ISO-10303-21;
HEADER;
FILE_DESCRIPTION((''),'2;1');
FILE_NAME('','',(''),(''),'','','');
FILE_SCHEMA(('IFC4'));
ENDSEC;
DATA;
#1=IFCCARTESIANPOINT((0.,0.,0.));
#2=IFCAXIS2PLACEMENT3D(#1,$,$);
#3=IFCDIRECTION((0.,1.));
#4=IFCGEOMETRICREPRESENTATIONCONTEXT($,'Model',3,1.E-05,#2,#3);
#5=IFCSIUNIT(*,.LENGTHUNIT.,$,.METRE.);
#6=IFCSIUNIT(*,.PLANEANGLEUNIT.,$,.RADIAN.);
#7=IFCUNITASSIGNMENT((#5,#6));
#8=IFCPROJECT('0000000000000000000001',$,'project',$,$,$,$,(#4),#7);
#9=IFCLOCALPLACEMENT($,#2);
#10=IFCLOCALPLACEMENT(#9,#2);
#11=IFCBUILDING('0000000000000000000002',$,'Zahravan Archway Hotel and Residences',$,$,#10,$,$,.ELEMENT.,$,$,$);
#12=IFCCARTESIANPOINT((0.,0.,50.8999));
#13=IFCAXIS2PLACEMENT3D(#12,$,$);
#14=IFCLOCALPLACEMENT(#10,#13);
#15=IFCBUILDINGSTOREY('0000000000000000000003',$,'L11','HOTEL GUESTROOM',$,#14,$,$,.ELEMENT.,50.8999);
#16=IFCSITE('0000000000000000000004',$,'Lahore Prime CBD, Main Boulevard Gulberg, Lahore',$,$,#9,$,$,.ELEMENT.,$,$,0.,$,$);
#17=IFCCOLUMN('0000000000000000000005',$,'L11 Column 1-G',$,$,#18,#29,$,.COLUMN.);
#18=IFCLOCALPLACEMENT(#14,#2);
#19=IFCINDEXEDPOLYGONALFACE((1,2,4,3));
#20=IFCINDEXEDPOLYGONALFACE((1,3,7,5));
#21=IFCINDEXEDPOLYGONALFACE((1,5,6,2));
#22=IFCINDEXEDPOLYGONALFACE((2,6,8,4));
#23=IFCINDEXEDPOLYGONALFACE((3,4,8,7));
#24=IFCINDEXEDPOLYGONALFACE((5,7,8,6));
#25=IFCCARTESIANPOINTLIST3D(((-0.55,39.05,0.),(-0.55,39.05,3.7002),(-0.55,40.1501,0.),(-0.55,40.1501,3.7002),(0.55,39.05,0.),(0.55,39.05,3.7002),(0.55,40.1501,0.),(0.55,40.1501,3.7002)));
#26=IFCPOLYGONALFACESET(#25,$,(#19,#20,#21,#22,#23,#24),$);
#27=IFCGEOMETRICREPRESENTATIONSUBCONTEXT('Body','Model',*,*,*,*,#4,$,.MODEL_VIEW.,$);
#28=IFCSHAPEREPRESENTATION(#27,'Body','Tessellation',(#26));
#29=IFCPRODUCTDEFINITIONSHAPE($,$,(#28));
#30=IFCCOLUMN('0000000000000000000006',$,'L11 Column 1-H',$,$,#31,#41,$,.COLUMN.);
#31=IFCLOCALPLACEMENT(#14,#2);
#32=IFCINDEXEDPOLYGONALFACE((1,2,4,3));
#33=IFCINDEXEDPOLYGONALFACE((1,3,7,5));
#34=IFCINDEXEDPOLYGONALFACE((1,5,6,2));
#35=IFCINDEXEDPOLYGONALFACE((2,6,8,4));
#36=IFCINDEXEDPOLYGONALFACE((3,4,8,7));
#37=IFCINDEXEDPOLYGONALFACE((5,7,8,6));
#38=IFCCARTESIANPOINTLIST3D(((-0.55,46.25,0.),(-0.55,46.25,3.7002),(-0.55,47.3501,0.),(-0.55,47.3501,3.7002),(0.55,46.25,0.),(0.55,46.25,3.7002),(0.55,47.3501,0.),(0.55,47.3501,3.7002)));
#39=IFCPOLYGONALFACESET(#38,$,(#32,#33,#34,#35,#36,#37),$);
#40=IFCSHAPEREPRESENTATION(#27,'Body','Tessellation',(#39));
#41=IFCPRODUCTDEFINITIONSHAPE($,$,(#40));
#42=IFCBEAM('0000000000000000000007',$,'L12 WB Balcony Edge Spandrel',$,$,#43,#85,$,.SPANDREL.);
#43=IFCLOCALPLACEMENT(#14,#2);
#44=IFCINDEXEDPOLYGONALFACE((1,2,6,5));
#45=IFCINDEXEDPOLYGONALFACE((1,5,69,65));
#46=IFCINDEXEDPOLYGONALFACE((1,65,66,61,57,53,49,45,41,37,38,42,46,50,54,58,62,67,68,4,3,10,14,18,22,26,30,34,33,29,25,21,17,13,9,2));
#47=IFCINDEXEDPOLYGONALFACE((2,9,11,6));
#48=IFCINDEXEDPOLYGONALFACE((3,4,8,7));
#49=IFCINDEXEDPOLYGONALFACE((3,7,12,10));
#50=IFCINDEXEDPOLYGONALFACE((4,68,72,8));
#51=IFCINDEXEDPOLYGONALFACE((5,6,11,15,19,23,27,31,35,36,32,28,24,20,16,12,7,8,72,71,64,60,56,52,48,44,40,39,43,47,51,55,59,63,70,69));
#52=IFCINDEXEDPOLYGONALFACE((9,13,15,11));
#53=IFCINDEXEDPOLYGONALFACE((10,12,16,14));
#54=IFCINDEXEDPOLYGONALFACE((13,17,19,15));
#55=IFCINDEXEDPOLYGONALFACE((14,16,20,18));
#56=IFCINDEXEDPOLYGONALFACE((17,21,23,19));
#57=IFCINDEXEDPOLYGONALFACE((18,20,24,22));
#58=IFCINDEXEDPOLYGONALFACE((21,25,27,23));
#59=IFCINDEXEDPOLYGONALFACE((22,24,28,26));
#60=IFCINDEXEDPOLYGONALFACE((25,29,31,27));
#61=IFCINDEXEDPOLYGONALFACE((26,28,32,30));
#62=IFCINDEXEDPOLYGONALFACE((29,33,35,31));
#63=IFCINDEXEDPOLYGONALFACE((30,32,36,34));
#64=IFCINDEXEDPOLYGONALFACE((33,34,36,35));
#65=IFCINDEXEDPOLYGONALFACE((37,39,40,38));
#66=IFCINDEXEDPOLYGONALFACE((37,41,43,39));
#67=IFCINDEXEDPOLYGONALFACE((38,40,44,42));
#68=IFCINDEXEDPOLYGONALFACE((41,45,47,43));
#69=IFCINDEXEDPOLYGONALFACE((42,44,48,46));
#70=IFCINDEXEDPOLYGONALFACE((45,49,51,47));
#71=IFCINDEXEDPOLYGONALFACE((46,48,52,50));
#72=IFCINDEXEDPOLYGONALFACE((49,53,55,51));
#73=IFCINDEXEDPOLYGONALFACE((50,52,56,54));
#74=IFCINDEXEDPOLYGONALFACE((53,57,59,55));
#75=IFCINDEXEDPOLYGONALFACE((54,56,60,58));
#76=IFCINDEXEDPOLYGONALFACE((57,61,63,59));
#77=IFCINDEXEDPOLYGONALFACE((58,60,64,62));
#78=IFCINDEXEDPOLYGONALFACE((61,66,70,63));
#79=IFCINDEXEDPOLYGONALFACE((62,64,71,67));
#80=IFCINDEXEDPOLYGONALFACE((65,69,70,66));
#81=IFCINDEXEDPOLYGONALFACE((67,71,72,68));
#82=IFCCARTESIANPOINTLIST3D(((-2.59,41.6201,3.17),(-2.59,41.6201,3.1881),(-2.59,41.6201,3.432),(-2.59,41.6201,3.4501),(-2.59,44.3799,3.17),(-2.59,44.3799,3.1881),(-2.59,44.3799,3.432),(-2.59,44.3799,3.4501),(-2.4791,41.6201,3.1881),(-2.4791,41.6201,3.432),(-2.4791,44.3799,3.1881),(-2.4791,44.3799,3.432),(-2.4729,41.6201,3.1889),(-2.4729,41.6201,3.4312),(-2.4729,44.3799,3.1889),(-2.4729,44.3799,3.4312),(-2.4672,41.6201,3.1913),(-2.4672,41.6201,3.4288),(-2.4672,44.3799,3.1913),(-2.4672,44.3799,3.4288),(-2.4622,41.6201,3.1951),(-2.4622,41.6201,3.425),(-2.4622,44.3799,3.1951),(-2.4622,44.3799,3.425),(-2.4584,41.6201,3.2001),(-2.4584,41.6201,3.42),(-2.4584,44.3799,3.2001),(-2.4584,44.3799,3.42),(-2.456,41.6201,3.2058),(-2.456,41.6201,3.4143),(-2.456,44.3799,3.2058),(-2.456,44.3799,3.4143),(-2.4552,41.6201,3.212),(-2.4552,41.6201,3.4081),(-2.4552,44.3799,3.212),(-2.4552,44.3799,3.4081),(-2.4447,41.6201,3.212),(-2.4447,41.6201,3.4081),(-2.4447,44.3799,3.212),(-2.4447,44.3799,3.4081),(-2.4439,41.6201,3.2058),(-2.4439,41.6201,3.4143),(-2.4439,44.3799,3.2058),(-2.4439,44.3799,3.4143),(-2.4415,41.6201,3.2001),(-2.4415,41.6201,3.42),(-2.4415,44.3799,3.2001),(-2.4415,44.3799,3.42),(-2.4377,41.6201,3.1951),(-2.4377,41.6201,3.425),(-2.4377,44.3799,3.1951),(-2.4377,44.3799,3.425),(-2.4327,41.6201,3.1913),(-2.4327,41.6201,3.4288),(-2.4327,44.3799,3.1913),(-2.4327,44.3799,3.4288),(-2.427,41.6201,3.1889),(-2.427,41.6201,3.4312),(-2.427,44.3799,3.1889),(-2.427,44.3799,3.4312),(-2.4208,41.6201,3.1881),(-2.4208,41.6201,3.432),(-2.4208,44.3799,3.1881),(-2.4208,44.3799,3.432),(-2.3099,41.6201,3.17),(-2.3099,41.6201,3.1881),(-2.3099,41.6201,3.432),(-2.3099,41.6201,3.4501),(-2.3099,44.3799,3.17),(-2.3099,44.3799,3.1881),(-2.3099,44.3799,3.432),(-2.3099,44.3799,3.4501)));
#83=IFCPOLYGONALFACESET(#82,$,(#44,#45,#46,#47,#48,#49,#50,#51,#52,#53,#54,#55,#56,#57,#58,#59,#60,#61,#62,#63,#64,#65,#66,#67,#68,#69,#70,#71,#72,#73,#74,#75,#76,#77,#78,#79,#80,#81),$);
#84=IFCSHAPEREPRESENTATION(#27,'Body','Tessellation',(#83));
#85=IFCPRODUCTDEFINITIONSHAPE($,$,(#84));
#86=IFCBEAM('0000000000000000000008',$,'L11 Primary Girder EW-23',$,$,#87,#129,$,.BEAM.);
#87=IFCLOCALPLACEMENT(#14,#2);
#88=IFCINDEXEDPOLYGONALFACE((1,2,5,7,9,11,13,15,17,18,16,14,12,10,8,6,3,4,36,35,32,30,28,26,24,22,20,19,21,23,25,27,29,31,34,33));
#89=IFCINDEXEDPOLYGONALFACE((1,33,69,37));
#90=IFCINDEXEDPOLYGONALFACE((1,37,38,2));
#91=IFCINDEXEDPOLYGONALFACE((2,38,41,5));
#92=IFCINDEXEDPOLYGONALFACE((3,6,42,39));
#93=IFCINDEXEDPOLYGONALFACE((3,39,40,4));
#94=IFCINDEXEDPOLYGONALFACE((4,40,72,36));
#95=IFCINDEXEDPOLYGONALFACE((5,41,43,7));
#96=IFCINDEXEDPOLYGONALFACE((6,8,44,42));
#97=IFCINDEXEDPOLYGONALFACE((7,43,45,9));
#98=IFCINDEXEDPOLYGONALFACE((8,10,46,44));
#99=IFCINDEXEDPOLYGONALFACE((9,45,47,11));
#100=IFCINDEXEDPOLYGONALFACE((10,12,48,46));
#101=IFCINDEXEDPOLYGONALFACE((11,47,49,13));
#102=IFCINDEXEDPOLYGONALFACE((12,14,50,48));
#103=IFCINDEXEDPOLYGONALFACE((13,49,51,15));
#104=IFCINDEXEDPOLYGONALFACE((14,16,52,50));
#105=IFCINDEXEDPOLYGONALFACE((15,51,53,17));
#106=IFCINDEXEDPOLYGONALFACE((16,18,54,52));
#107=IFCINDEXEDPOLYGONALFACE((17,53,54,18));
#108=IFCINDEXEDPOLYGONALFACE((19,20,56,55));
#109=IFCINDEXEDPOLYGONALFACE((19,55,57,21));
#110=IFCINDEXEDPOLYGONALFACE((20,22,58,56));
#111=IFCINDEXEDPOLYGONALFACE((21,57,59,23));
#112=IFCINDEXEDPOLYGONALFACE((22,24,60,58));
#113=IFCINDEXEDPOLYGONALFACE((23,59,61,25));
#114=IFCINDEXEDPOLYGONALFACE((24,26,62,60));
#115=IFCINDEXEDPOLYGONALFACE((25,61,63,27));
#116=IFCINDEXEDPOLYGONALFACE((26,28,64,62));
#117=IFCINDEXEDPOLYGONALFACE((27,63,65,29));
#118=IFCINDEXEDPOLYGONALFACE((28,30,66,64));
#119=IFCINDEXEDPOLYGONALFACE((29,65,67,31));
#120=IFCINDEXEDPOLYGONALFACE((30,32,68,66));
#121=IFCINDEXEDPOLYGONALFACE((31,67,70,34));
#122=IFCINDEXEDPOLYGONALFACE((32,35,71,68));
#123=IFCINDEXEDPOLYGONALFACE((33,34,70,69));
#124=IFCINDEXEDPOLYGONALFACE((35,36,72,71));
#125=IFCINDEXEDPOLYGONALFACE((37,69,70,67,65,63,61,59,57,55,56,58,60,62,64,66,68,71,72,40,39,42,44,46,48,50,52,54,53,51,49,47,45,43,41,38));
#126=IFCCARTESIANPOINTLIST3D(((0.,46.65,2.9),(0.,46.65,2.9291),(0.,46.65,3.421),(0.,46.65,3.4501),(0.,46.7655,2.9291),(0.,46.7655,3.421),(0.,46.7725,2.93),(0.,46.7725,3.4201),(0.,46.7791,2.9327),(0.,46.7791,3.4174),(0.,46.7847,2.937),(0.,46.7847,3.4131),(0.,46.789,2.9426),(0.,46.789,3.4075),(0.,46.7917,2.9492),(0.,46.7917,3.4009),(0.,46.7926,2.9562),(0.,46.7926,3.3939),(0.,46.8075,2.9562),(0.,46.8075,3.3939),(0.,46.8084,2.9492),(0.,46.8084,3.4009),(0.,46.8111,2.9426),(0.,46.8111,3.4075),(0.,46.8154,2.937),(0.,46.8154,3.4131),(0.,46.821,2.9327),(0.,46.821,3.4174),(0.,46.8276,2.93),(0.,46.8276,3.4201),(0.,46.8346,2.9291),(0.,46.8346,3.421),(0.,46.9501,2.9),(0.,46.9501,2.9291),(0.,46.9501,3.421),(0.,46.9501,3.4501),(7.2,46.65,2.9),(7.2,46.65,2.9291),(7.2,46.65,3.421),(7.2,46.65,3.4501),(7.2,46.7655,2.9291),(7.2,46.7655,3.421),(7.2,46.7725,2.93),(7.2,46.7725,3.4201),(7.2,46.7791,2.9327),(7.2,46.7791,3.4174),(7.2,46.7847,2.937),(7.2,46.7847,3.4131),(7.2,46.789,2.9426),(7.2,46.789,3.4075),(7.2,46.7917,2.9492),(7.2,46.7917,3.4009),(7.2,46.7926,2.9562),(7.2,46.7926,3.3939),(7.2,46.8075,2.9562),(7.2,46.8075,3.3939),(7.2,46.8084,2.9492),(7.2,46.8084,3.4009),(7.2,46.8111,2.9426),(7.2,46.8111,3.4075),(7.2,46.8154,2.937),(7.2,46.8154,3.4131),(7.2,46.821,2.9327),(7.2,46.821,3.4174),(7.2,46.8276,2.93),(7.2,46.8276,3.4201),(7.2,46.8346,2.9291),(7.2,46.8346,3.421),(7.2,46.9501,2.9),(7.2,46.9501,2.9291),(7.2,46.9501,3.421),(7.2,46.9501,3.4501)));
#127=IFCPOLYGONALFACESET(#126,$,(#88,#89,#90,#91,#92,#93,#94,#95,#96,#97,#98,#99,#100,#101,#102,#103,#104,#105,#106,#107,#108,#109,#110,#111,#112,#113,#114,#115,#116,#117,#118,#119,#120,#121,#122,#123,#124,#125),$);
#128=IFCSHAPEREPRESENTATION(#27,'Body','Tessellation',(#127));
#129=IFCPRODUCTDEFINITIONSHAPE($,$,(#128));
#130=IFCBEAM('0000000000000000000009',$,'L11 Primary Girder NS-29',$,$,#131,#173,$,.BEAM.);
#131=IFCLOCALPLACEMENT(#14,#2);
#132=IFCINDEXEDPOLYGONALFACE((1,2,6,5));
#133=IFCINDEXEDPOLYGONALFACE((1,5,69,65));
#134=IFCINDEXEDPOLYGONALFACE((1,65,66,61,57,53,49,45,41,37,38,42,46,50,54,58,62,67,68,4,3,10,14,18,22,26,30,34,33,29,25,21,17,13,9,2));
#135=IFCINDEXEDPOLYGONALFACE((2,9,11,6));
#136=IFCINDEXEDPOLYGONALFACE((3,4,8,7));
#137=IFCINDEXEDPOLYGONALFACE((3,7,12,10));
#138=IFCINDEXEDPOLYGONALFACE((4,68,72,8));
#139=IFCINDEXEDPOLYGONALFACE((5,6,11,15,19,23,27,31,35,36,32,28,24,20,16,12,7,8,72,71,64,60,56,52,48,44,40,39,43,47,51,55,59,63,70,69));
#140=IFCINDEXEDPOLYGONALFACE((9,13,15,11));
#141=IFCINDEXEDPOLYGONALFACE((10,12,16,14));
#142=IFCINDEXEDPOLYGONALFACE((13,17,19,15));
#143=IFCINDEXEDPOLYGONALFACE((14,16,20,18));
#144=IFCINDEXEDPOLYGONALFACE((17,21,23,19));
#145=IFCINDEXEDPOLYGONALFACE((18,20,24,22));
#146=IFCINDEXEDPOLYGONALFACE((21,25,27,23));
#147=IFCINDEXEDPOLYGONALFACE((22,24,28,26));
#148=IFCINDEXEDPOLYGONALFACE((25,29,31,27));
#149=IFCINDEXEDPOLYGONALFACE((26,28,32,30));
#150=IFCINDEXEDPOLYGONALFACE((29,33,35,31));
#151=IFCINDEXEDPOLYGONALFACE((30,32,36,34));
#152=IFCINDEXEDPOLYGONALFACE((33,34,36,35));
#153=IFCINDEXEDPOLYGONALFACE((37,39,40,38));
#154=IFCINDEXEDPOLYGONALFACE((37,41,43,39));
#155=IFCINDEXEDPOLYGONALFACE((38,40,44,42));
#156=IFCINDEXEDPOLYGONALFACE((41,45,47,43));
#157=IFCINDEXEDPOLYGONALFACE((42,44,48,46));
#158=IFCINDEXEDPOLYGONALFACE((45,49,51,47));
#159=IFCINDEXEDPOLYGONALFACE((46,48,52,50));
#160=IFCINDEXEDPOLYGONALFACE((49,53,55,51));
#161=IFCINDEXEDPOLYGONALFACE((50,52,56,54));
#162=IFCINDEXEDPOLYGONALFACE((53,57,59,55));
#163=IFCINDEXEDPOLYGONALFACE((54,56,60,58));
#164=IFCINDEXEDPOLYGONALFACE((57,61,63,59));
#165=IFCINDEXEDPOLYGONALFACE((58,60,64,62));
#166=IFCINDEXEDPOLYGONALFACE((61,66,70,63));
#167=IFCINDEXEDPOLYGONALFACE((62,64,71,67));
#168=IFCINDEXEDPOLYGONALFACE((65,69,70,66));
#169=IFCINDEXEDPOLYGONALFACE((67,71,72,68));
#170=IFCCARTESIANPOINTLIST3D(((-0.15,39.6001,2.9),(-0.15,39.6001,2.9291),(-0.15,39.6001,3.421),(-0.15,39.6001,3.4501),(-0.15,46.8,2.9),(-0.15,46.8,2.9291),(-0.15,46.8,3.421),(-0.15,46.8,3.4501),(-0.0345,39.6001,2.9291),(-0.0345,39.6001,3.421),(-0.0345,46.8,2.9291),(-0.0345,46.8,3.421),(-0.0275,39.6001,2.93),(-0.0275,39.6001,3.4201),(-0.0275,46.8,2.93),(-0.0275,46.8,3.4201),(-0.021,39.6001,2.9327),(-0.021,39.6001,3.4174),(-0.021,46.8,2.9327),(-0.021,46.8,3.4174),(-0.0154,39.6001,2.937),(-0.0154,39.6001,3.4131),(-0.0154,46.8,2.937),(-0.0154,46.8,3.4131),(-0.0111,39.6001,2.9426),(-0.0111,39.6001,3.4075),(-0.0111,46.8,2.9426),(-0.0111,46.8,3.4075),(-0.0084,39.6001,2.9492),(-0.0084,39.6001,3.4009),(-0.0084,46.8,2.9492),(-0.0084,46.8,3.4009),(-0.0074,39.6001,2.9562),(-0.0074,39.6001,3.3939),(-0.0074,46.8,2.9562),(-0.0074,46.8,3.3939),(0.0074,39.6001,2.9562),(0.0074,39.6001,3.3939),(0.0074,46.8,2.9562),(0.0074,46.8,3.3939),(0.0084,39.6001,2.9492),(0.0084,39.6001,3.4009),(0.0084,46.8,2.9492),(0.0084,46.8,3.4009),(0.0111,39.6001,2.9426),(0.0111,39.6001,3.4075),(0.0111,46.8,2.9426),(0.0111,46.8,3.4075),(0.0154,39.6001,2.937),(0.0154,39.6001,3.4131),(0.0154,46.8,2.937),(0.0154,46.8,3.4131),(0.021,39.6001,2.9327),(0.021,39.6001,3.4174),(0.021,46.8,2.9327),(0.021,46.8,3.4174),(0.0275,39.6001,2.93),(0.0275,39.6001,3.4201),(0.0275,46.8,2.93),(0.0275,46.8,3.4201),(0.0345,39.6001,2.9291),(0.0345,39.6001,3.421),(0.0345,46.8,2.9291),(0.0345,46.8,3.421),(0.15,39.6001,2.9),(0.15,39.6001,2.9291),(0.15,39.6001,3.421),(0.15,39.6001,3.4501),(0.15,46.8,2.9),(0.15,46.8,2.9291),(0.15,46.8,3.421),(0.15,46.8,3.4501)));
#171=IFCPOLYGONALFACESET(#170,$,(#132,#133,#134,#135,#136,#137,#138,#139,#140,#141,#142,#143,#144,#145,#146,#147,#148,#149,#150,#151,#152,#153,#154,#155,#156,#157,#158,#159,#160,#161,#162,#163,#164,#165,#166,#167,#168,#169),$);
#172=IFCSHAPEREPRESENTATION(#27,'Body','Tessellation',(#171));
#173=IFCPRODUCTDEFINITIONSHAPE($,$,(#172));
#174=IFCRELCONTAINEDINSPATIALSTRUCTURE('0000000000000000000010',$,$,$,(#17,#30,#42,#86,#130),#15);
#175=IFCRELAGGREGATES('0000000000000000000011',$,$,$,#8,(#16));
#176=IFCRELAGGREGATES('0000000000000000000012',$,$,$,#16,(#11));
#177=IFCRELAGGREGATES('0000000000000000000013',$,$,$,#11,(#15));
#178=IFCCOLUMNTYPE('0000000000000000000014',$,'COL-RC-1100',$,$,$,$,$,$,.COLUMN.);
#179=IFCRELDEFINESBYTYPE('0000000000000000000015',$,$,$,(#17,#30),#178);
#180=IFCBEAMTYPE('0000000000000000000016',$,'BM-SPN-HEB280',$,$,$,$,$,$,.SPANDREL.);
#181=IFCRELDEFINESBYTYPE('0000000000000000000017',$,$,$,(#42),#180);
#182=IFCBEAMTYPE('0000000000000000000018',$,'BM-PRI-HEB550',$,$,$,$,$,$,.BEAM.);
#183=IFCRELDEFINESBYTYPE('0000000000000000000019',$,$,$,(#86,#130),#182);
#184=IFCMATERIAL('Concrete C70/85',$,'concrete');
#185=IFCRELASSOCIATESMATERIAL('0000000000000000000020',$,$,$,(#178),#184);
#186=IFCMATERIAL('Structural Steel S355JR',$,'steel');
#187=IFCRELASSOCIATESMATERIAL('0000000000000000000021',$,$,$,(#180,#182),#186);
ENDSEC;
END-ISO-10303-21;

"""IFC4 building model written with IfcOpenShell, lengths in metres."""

from ifc_helpers import new_model, si_unit, direction, frame, origin, origin_2d, place, context, subcontext, project, spatial, rectangle, i_section, extrude, source, transform, mapped, material, material_profile, profile_set, type_object, element, save


model = new_model("IFC4")

# Units and contexts
model_context = context("Model", 3, precision=1e-05, world=origin(), true_north=direction((0.0, 1.0)))
body_context = subcontext(model_context, "Body", "Model", "MODEL_VIEW")
ifc_project = project(units=[si_unit("LENGTHUNIT", "METRE"), si_unit("PLANEANGLEUNIT", "RADIAN")], contexts=[model_context])

# Site, building, storey
site_placement = place(None, origin())
site = spatial("IfcSite", under=ifc_project, at=site_placement, Name="Lahore Prime CBD, Main Boulevard Gulberg, Lahore", CompositionType="ELEMENT", RefElevation=0.0)
building_placement = place(site_placement, origin())
building = spatial("IfcBuilding", under=site, at=building_placement, Name="Zahravan Archway Hotel and Residences", CompositionType="ELEMENT")
storey_placement = place(building_placement, frame((0.0, 0.0, 50.8999)))
storey = spatial("IfcBuildingStorey", under=building, at=storey_placement, Name="L11", Description="HOTEL GUESTROOM", CompositionType="ELEMENT", Elevation=50.8999)

# Columns
ifc_material_1 = material(Name="Concrete C70/85", Category="concrete")
ifc_material_profile_1 = material_profile(ifc_material_1, rectangle(XDim=1.1001, YDim=1.1001, at=origin_2d()), Name="RC 1100x1100", Category="concrete")
ifc_profile_set_1 = profile_set([ifc_material_profile_1], Name="Concrete C70/85")
column_type = type_object("IfcColumnType", Name="COL-RC-1100", PredefinedType="COLUMN", material=ifc_profile_set_1)
shared_shape_1 = source(origin(), body_context, "Body", "SweptSolid", [
    extrude(rectangle(XDim=1.1001, YDim=1.1001, at=origin_2d()), origin(), (0.0, 0.0, 1.0), 3.7002),
])
for number, where, z_axis, x_axis, name in (
    (1, (0.0, 39.6001, 0.0), (0.0, 0.0, 1.0), (1.0, 0.0, 0.0), "L11 Column 1-G"),
    (2, (0.0, 46.8, 0.0), (0.0, 0.0, 1.0), (1.0, 0.0, 0.0), "L11 Column 1-H"),
):
    element("IfcColumn", number, at=place(storey_placement, frame(where, z_axis=z_axis, x_axis=x_axis)), inside=storey, type_object=column_type, Name=name, PredefinedType="COLUMN", context=body_context, shape_type="MappedRepresentation", body=[
        mapped(shared_shape_1, transform((0.0, 0.0, 0.0), scale=1.0)),
    ])

# Beams
ifc_material_2 = material(Name="Structural Steel S355JR", Category="steel")
ifc_material_profile_2 = material_profile(ifc_material_2, i_section(OverallWidth=0.28, OverallDepth=0.28, WebThickness=0.0105, FlangeThickness=0.0181, FilletRadius=0.0239, at=origin_2d()), Name="HEB 280", Category="steel")
ifc_profile_set_2 = profile_set([ifc_material_profile_2], Name="Structural Steel S355JR")
beam_type_1 = type_object("IfcBeamType", Name="BM-SPN-HEB280", PredefinedType="SPANDREL", material=ifc_profile_set_2)
shared_shape_2 = source(origin(), body_context, "Body", "SweptSolid", [
    extrude(i_section(OverallWidth=0.28, OverallDepth=0.28, WebThickness=0.0105, FlangeThickness=0.0181, FilletRadius=0.0239, at=origin_2d()), origin(), (0.0, 0.0, 1.0), 2.7598),
])
beam_placement = place(storey_placement, frame((-2.45, 41.6201, 3.3101), z_axis=(0.0, 1.0, 0.0), x_axis=(-1.0, 0.0, 0.0)))
element("IfcBeam", 3, at=beam_placement, inside=storey, type_object=beam_type_1, Name="L12 WB Balcony Edge Spandrel", PredefinedType="SPANDREL", context=body_context, shape_type="MappedRepresentation", body=[
    mapped(shared_shape_2, transform((0.0, 0.0, 0.0), scale=1.0)),
])
ifc_material_profile_3 = material_profile(ifc_material_2, i_section(OverallWidth=0.3, OverallDepth=0.55, WebThickness=0.0149, FlangeThickness=0.0291, FilletRadius=0.0271, at=origin_2d()), Name="HEB 550", Category="steel")
ifc_profile_set_3 = profile_set([ifc_material_profile_3], Name="Structural Steel S355JR")
beam_type_2 = type_object("IfcBeamType", Name="BM-PRI-HEB550", PredefinedType="BEAM", material=ifc_profile_set_3)
shared_shape_3 = source(origin(), body_context, "Body", "SweptSolid", [
    extrude(i_section(OverallWidth=0.3, OverallDepth=0.55, WebThickness=0.0149, FlangeThickness=0.0291, FilletRadius=0.0271, at=origin_2d()), origin(), (0.0, 0.0, 1.0), 7.2),
])
for number, where, z_axis, x_axis, name in (
    (4, (0.0, 46.8, 3.175), (1.0, 0.0, 0.0), (0.0, 1.0, 0.0), "L11 Primary Girder EW-23"),
    (5, (0.0, 39.6001, 3.175), (0.0, 1.0, 0.0), (-1.0, 0.0, 0.0), "L11 Primary Girder NS-29"),
):
    element("IfcBeam", number, at=place(storey_placement, frame(where, z_axis=z_axis, x_axis=x_axis)), inside=storey, type_object=beam_type_2, Name=name, PredefinedType="BEAM", context=body_context, shape_type="MappedRepresentation", body=[
        mapped(shared_shape_3, transform((0.0, 0.0, 0.0), scale=1.0)),
    ])

save(model, "model.ifc")
